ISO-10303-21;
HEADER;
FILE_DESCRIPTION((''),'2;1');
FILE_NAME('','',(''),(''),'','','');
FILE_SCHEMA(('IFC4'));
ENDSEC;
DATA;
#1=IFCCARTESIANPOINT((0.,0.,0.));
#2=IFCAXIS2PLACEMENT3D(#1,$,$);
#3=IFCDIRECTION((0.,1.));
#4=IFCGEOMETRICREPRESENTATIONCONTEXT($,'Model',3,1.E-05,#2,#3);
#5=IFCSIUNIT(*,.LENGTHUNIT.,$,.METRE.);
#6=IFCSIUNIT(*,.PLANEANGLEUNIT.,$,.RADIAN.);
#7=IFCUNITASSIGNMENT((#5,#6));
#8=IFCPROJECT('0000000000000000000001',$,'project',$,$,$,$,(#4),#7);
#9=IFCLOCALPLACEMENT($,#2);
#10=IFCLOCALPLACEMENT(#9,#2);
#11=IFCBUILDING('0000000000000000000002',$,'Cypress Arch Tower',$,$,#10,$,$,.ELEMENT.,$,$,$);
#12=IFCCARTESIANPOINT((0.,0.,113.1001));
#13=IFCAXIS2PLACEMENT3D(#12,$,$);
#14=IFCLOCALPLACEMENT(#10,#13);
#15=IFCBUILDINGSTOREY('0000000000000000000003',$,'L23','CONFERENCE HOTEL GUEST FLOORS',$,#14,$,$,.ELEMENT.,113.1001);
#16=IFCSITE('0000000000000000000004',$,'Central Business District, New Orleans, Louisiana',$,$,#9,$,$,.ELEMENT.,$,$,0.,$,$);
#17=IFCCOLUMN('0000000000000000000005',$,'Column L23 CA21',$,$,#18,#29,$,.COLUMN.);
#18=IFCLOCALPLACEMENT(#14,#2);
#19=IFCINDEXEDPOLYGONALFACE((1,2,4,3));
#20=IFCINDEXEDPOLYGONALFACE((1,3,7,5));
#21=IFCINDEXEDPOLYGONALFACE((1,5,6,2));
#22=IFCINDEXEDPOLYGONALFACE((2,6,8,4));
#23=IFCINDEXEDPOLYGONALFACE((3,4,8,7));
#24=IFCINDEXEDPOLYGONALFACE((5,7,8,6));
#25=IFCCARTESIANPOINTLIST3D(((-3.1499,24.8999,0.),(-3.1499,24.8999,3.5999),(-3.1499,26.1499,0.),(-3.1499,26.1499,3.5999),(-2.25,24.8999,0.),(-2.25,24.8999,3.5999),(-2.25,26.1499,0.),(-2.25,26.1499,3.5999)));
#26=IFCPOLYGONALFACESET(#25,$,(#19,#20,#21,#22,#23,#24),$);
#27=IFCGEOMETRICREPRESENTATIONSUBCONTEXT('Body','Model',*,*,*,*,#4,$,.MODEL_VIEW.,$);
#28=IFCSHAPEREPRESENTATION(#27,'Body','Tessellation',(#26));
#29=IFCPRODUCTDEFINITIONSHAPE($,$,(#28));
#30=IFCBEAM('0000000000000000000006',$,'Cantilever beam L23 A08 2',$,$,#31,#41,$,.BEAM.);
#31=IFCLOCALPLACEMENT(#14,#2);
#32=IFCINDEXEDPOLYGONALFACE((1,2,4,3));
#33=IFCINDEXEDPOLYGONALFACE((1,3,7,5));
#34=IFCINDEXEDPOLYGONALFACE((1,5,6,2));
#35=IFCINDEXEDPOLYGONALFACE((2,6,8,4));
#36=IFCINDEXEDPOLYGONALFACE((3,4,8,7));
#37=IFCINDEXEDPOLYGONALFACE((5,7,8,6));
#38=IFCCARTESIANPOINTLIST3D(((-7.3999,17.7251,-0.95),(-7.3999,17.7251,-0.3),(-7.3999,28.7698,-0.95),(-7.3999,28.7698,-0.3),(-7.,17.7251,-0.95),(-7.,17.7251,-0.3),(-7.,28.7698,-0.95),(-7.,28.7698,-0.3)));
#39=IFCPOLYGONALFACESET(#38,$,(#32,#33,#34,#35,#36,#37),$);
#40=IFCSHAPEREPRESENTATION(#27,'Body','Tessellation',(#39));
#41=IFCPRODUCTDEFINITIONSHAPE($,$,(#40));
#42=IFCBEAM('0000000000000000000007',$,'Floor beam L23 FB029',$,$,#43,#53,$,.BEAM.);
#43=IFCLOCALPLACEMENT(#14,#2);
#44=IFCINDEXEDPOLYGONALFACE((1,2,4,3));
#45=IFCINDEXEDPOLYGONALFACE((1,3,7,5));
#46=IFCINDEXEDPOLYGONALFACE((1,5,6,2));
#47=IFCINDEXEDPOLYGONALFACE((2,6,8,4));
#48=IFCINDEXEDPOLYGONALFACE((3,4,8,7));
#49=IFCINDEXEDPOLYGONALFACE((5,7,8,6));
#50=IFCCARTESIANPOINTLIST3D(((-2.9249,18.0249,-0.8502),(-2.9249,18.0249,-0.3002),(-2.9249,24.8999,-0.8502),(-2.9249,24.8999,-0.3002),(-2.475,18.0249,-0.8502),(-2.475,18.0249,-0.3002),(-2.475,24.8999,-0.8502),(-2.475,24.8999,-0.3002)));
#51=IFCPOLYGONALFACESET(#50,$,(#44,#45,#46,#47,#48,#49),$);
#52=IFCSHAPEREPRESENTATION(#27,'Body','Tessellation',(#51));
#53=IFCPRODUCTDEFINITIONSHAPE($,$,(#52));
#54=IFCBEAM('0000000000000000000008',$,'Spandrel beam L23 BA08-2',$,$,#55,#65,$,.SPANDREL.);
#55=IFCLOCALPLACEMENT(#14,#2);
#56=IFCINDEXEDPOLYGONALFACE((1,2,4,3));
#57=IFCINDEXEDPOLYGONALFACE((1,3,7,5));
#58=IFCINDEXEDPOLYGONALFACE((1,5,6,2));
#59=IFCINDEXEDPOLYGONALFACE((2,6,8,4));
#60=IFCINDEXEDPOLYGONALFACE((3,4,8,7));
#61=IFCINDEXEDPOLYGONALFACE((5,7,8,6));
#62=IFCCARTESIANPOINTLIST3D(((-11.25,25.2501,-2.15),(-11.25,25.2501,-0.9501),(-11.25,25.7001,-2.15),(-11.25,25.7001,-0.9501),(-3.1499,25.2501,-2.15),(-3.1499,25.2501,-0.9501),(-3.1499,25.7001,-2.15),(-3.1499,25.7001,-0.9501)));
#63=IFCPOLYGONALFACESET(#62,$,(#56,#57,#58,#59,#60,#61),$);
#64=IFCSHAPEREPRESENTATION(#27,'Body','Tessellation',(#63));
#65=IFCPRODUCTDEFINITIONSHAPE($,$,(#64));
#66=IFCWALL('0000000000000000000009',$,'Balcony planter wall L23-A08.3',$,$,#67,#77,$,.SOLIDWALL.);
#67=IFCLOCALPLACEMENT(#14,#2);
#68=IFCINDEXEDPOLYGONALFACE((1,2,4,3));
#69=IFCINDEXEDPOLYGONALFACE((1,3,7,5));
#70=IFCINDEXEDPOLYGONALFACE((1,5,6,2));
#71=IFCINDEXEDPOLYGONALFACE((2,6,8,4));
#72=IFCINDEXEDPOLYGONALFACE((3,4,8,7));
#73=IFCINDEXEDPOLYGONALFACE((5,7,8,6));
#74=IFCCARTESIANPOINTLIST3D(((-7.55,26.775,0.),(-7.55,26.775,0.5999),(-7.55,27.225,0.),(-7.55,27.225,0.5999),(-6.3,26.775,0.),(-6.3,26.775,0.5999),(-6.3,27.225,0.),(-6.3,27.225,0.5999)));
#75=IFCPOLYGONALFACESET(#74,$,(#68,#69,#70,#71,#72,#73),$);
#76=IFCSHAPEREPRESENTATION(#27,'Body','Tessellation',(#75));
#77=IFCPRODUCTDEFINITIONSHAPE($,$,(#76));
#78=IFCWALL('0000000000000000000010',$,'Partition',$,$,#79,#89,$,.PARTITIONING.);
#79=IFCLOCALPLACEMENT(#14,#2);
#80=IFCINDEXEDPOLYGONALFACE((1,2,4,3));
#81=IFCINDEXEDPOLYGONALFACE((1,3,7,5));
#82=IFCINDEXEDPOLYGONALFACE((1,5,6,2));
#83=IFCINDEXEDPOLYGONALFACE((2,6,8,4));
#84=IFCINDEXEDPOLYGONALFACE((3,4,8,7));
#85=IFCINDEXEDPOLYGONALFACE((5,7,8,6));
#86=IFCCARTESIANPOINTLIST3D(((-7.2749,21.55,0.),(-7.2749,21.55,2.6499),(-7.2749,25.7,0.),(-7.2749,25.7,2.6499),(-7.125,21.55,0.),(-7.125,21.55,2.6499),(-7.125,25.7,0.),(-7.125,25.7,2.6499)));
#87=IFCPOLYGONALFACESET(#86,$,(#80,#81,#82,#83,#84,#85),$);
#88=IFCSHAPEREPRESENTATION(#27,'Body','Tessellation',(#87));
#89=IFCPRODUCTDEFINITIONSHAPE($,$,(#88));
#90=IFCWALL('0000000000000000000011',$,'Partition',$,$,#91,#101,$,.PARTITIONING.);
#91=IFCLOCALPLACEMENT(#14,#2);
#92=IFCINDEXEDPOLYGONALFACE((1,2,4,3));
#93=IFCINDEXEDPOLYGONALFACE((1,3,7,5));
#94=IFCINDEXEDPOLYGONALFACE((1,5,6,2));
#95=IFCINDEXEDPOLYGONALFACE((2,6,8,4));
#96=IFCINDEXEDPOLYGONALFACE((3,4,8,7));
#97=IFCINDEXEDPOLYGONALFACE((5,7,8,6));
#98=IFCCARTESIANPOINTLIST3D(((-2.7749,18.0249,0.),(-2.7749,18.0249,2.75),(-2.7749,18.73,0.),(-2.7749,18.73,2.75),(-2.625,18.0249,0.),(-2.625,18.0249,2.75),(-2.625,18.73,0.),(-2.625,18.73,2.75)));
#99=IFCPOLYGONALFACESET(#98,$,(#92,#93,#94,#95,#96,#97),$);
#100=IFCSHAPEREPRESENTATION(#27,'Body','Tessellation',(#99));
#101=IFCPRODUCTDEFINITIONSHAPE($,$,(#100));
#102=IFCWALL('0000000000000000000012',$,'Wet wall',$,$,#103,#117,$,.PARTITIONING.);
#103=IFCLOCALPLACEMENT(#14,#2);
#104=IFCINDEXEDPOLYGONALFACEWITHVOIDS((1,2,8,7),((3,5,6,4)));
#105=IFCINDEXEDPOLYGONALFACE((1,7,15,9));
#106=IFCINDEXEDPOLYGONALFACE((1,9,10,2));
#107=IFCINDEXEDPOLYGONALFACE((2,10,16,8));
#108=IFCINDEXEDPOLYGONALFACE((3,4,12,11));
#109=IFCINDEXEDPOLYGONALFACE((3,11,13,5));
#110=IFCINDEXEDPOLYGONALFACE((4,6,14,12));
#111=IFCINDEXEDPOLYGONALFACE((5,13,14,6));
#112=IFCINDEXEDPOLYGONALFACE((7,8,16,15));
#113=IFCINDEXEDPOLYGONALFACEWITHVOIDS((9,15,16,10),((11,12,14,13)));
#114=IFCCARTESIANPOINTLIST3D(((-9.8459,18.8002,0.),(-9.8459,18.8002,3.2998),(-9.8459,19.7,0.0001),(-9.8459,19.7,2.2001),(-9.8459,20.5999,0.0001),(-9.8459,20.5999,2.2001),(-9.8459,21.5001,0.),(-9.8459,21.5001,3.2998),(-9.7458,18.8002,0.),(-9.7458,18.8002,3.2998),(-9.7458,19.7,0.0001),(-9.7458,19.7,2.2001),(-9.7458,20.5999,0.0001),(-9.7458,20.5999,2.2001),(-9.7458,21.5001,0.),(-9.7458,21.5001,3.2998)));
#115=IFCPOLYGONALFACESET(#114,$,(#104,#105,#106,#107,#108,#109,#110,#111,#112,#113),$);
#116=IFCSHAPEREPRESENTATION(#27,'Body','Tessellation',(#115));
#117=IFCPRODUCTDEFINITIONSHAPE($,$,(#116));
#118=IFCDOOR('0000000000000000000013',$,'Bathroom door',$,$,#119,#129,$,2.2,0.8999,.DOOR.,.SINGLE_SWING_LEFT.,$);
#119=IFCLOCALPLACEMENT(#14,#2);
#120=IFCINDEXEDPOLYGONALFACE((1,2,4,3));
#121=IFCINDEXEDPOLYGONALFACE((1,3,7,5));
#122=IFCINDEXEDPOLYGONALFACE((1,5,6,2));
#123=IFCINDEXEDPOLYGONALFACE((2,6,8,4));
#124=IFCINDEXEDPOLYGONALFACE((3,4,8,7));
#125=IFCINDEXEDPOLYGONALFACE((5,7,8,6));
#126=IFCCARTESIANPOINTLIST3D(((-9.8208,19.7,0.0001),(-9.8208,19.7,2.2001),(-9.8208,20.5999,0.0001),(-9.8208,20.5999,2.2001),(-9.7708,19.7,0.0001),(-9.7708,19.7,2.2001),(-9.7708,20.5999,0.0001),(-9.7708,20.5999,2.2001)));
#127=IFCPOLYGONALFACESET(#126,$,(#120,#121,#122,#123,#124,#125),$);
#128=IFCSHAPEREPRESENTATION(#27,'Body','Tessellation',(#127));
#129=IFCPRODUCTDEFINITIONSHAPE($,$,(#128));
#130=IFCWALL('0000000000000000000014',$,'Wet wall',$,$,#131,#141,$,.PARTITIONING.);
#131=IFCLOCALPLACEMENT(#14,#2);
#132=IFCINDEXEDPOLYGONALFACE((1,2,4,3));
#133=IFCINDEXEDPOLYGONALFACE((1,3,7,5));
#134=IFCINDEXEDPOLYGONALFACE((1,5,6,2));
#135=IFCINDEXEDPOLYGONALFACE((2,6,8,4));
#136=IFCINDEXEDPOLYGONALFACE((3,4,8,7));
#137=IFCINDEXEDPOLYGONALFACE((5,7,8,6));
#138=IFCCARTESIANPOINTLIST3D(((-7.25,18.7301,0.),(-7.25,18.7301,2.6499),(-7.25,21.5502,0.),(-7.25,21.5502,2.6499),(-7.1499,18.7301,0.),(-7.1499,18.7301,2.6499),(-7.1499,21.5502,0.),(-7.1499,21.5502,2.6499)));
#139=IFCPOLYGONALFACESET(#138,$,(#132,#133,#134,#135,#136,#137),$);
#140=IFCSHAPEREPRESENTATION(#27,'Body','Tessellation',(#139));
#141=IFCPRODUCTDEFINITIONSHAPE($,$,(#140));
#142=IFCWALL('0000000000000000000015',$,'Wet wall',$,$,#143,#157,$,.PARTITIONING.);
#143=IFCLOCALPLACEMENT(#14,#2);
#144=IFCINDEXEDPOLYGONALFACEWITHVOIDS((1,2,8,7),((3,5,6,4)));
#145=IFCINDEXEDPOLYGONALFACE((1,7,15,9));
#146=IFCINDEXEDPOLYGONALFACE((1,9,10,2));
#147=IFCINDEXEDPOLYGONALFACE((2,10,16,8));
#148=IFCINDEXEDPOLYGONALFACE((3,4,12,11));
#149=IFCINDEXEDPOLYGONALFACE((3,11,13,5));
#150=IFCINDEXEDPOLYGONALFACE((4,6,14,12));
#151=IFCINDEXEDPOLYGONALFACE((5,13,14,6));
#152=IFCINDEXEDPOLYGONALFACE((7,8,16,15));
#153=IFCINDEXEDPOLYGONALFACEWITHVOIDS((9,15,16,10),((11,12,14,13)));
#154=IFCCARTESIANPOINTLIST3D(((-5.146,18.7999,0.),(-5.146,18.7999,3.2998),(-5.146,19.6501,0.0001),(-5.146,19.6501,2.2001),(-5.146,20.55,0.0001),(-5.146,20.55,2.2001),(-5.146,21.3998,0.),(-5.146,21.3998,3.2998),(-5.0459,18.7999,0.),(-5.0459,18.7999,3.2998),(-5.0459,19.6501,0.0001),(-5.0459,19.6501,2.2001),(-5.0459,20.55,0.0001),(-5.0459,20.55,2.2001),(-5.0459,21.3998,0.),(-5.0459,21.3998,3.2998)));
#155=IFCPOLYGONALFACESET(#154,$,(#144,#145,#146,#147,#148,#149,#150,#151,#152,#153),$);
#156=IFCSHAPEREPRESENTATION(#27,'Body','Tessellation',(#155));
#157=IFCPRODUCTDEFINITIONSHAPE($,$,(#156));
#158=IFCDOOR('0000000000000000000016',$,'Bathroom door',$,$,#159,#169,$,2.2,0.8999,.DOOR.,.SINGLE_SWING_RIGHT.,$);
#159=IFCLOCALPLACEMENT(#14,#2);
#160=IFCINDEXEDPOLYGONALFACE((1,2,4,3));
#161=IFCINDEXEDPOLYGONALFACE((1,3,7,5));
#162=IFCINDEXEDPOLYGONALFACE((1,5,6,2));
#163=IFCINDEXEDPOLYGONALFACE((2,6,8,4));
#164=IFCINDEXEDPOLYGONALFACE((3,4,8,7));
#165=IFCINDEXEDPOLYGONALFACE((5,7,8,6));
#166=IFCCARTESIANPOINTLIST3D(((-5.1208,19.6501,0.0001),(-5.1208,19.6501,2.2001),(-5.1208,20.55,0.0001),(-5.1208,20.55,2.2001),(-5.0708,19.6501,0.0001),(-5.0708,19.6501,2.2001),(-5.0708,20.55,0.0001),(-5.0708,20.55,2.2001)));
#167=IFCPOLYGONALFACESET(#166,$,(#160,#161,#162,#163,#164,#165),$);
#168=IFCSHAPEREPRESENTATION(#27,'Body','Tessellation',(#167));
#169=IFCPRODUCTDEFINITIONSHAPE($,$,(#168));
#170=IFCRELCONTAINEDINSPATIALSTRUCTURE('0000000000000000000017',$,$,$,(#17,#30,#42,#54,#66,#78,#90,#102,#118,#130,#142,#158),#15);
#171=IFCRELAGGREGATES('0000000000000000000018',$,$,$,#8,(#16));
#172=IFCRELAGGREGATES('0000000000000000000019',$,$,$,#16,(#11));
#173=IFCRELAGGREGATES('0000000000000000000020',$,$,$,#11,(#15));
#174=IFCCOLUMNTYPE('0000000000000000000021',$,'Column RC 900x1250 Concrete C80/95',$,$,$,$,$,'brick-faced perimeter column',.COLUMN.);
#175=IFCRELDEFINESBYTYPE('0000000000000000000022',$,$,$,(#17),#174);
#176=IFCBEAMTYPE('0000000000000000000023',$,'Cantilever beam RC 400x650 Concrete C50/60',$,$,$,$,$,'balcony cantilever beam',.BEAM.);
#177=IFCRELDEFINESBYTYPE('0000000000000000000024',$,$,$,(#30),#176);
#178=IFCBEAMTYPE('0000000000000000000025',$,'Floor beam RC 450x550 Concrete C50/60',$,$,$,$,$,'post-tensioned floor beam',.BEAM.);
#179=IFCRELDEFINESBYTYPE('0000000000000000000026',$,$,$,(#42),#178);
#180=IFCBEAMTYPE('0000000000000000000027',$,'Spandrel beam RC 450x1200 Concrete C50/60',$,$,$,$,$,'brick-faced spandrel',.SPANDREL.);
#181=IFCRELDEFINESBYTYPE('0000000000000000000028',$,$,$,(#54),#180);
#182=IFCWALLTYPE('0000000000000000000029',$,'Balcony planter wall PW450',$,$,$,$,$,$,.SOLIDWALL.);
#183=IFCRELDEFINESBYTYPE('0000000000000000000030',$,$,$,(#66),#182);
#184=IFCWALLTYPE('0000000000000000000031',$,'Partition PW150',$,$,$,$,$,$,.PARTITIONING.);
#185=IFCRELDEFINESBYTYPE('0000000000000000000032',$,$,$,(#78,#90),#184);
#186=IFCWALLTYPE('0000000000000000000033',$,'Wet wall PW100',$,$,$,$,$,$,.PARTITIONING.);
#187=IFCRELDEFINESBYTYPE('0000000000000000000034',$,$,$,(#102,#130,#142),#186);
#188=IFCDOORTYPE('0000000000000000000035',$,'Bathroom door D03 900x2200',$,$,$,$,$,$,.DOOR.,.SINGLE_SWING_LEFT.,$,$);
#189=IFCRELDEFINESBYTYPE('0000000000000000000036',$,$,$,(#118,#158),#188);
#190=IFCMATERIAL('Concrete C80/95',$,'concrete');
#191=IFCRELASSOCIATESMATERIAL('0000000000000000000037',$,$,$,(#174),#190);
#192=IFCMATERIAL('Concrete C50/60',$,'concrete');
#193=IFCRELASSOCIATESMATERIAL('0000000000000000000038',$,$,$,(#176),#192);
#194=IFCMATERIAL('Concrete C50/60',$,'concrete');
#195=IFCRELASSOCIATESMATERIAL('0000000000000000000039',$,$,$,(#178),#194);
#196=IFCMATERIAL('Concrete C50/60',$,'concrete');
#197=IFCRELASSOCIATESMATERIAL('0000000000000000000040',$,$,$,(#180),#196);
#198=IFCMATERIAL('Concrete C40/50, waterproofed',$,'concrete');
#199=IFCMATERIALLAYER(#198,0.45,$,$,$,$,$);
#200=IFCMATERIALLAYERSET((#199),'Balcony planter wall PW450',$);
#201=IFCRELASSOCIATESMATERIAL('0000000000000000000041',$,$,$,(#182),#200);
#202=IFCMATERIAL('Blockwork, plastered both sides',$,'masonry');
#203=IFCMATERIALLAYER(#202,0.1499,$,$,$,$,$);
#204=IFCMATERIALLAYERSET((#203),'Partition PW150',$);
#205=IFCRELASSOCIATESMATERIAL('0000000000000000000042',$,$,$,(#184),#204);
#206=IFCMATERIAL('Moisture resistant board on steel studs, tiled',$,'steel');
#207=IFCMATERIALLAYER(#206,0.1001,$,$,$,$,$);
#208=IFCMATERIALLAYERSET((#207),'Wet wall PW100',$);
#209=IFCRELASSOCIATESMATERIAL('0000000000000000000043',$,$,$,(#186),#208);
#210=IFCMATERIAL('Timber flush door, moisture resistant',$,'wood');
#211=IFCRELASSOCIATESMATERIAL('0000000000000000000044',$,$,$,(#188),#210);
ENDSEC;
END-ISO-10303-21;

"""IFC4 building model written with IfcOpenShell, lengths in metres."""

from ifc_helpers import new_model, si_unit, direction, frame, frame_2d, origin, origin_2d, place, context, subcontext, project, spatial, rectangle, extrude, material, layer, layer_set, material_profile, profile_set, type_object, element, fill, save


model = new_model("IFC4")

# Units and contexts
model_context = context("Model", 3, precision=1e-05, world=origin(), true_north=direction((0.0, 1.0)))
body_context = subcontext(model_context, "Body", "Model", "MODEL_VIEW")
ifc_project = project(units=[si_unit("LENGTHUNIT", "METRE"), si_unit("PLANEANGLEUNIT", "RADIAN")], contexts=[model_context])

# Site, building, storey
site_placement = place(None, origin())
site = spatial("IfcSite", under=ifc_project, at=site_placement, Name="Central Business District, New Orleans, Louisiana", CompositionType="ELEMENT", RefElevation=0.0)
building_placement = place(site_placement, origin())
building = spatial("IfcBuilding", under=site, at=building_placement, Name="Cypress Arch Tower", CompositionType="ELEMENT")
storey_placement = place(building_placement, frame((0.0, 0.0, 113.1001)))
storey = spatial("IfcBuildingStorey", under=building, at=storey_placement, Name="L23", Description="CONFERENCE HOTEL GUEST FLOORS", CompositionType="ELEMENT", Elevation=113.1001)

# Column
ifc_material_1 = material(Name="Concrete C80/95", Category="concrete")
ifc_material_profile_1 = material_profile(ifc_material_1, rectangle(XDim=0.8999, YDim=1.25, at=origin_2d()), Name="RC 900x1250")
ifc_profile_set_1 = profile_set([ifc_material_profile_1], Name="Concrete C80/95")
column_type = type_object("IfcColumnType", Name="Column RC 900x1250 Concrete C80/95", ElementType="brick-faced perimeter column", PredefinedType="COLUMN", material=ifc_profile_set_1)
column_placement = place(storey_placement, frame((-2.7, 25.5249, 0.0), z_axis=(0.0, 0.0, 1.0), x_axis=(-1.0, 0.0, 0.0)))
element("IfcColumn", 1, at=column_placement, inside=storey, type_object=column_type, Name="Column L23 CA21", PredefinedType="COLUMN", context=body_context, shape_type="SweptSolid", body=[
    extrude(rectangle(XDim=0.8999, YDim=1.25, at=origin_2d()), origin(), (0.0, 0.0, 1.0), 3.5999),
])

# Beams
ifc_material_2 = material(Name="Concrete C50/60", Category="concrete")
ifc_material_profile_2 = material_profile(ifc_material_2, rectangle(XDim=0.3999, YDim=0.6499, at=origin_2d()), Name="RC 400x650")
ifc_profile_set_2 = profile_set([ifc_material_profile_2], Name="Concrete C50/60")
beam_type_1 = type_object("IfcBeamType", Name="Cantilever beam RC 400x650 Concrete C50/60", ElementType="balcony cantilever beam", PredefinedType="BEAM", material=ifc_profile_set_2)
beam_1_placement = place(storey_placement, frame((-7.2, 17.7251, -0.625), z_axis=(0.0, 1.0, 0.0), x_axis=(-1.0, 0.0, 0.0)))
element("IfcBeam", 2, at=beam_1_placement, inside=storey, type_object=beam_type_1, Name="Cantilever beam L23 A08 2", PredefinedType="BEAM", context=body_context, shape_type="SweptSolid", body=[
    extrude(rectangle(XDim=0.3999, YDim=0.6499, at=origin_2d()), origin(), (0.0, 0.0, 1.0), 11.0447),
])
ifc_material_3 = material(Name="Concrete C50/60", Category="concrete")
ifc_material_profile_3 = material_profile(ifc_material_3, rectangle(XDim=0.45, YDim=0.55, at=origin_2d()), Name="RC 450x550")
ifc_profile_set_3 = profile_set([ifc_material_profile_3], Name="Concrete C50/60")
beam_type_2 = type_object("IfcBeamType", Name="Floor beam RC 450x550 Concrete C50/60", ElementType="post-tensioned floor beam", PredefinedType="BEAM", material=ifc_profile_set_3)
beam_2_placement = place(storey_placement, frame((-2.7, 18.0249, -0.5752), z_axis=(0.0, 1.0, 0.0), x_axis=(-1.0, 0.0, 0.0)))
element("IfcBeam", 3, at=beam_2_placement, inside=storey, type_object=beam_type_2, Name="Floor beam L23 FB029", PredefinedType="BEAM", context=body_context, shape_type="SweptSolid", body=[
    extrude(rectangle(XDim=0.45, YDim=0.55, at=origin_2d()), origin(), (0.0, 0.0, 1.0), 6.875),
])
ifc_material_4 = material(Name="Concrete C50/60", Category="concrete")
ifc_material_profile_4 = material_profile(ifc_material_4, rectangle(XDim=0.45, YDim=1.2, at=origin_2d()), Name="RC 450x1200")
ifc_profile_set_4 = profile_set([ifc_material_profile_4], Name="Concrete C50/60")
beam_type_3 = type_object("IfcBeamType", Name="Spandrel beam RC 450x1200 Concrete C50/60", ElementType="brick-faced spandrel", PredefinedType="SPANDREL", material=ifc_profile_set_4)
beam_3_placement = place(storey_placement, frame((-3.1499, 25.4751, -1.55), z_axis=(-1.0, 0.0, 0.0), x_axis=(0.0, -1.0, 0.0)))
element("IfcBeam", 4, at=beam_3_placement, inside=storey, type_object=beam_type_3, Name="Spandrel beam L23 BA08-2", PredefinedType="SPANDREL", context=body_context, shape_type="SweptSolid", body=[
    extrude(rectangle(XDim=0.45, YDim=1.2, at=origin_2d()), origin(), (0.0, 0.0, 1.0), 8.1001),
])

# Wall
ifc_material_5 = material(Name="Concrete C40/50, waterproofed", Category="concrete")
ifc_layer_1 = layer(ifc_material_5, 0.45)
ifc_layer_set_1 = layer_set([ifc_layer_1], Name="Balcony planter wall PW450")
wall_type_1 = type_object("IfcWallType", Name="Balcony planter wall PW450", PredefinedType="SOLIDWALL", material=ifc_layer_set_1)
wall_1_placement = place(storey_placement, frame((-6.3, 27.0, 0.0), z_axis=(0.0, 0.0, 1.0), x_axis=(-1.0, 0.0, 0.0)))
element("IfcWall", 5, at=wall_1_placement, inside=storey, type_object=wall_type_1, Name="Balcony planter wall L23-A08.3", PredefinedType="SOLIDWALL", context=body_context, shape_type="SweptSolid", body=[
    extrude(rectangle(XDim=1.25, YDim=0.45, at=frame_2d((0.625, 0.0))), origin(), (0.0, 0.0, 1.0), 0.5999),
])

# Walls
ifc_material_6 = material(Name="Blockwork, plastered both sides", Category="masonry")
ifc_layer_2 = layer(ifc_material_6, 0.1499)
ifc_layer_set_2 = layer_set([ifc_layer_2], Name="Partition PW150")
wall_type_2 = type_object("IfcWallType", Name="Partition PW150", PredefinedType="PARTITIONING", material=ifc_layer_set_2)
wall_2_placement = place(storey_placement, frame((-7.2, 21.55, 0.0), z_axis=(0.0, 0.0, 1.0), x_axis=(0.0, 1.0, 0.0)))
element("IfcWall", 6, at=wall_2_placement, inside=storey, type_object=wall_type_2, Name="Partition", PredefinedType="PARTITIONING", context=body_context, shape_type="SweptSolid", body=[
    extrude(rectangle(XDim=4.1499, YDim=0.1499, at=frame_2d((2.075, 0.0))), origin(), (0.0, 0.0, 1.0), 2.6499),
])
wall_3_placement = place(storey_placement, frame((-2.7, 18.0249, 0.0), z_axis=(0.0, 0.0, 1.0), x_axis=(0.0, 1.0, 0.0)))
element("IfcWall", 7, at=wall_3_placement, inside=storey, type_object=wall_type_2, Name="Partition", PredefinedType="PARTITIONING", context=body_context, shape_type="SweptSolid", body=[
    extrude(rectangle(XDim=0.7051, YDim=0.1499, at=frame_2d((0.3525, 0.0))), origin(), (0.0, 0.0, 1.0), 2.75),
])

# Wall, opening, door
ifc_material_7 = material(Name="Moisture resistant board on steel studs, tiled", Category="steel")
ifc_layer_3 = layer(ifc_material_7, 0.1001)
ifc_layer_set_3 = layer_set([ifc_layer_3], Name="Wet wall PW100")
wall_type_3 = type_object("IfcWallType", Name="Wet wall PW100", PredefinedType="PARTITIONING", material=ifc_layer_set_3)
wall_4_placement = place(storey_placement, frame((-9.7959, 18.8, 0.0), z_axis=(0.0, 0.0, 1.0), x_axis=(0.0, 1.0, 0.0)))
wall_4 = element("IfcWall", 8, at=wall_4_placement, inside=storey, type_object=wall_type_3, Name="Wet wall", PredefinedType="PARTITIONING", context=body_context, shape_type="SweptSolid", body=[
    extrude(rectangle(XDim=2.7, YDim=0.1001, at=frame_2d((1.3501, 0.0))), origin(), (0.0, 0.0, 1.0), 3.2998),
])
opening_1_placement = place(wall_4_placement, frame((0.8999, 0.0, 0.0)))
opening_1 = element("IfcOpeningElement", 9, at=opening_1_placement, cuts=wall_4, PredefinedType="OPENING", context=body_context, shape_type="SweptSolid", body=[
    extrude(rectangle(XDim=0.8999, YDim=2.2, at=frame_2d((0.45, 1.1001))), frame((0.0, 0.0601, 0.0), z_axis=(0.0, -1.0, 0.0), x_axis=(1.0, 0.0, 0.0)), (0.0, 0.0, 1.0), 0.1201),
])
ifc_material_8 = material(Name="Timber flush door, moisture resistant", Category="wood")
door_type_1 = type_object("IfcDoorType", Name="Bathroom door D03 900x2200", OperationType="SINGLE_SWING_LEFT", PredefinedType="DOOR", material=ifc_material_8)
door_1_placement = place(opening_1_placement, origin())
door_1 = element("IfcDoor", 10, at=door_1_placement, inside=storey, type_object=door_type_1, Name="Bathroom door", OperationType="SINGLE_SWING_LEFT", OverallHeight=2.2, OverallWidth=0.8999, PredefinedType="DOOR", context=body_context, shape_type="SweptSolid", body=[
    extrude(rectangle(XDim=0.8999, YDim=2.2, at=frame_2d((0.45, 1.1001))), frame((0.0, 0.0249, 0.0), z_axis=(0.0, -1.0, 0.0), x_axis=(1.0, 0.0, 0.0)), (0.0, 0.0, 1.0), 0.05),
])
fill(opening_1, door_1)

# Wall
wall_5_placement = place(storey_placement, frame((-7.2, 18.73, 0.0), z_axis=(0.0, 0.0, 1.0), x_axis=(0.0, 1.0, 0.0)))
element("IfcWall", 11, at=wall_5_placement, inside=storey, type_object=wall_type_3, Name="Wet wall", PredefinedType="PARTITIONING", context=body_context, shape_type="SweptSolid", body=[
    extrude(rectangle(XDim=2.8201, YDim=0.1001, at=frame_2d((1.4102, 0.0))), origin(), (0.0, 0.0, 1.0), 2.6499),
])

# Wall, opening, door
wall_6_placement = place(storey_placement, frame((-5.0959, 18.8, 0.0), z_axis=(0.0, 0.0, 1.0), x_axis=(0.0, 1.0, 0.0)))
wall_6 = element("IfcWall", 12, at=wall_6_placement, inside=storey, type_object=wall_type_3, Name="Wet wall", PredefinedType="PARTITIONING", context=body_context, shape_type="SweptSolid", body=[
    extrude(rectangle(XDim=2.5999, YDim=0.1001, at=frame_2d((1.2998, 0.0))), origin(), (0.0, 0.0, 1.0), 3.2998),
])
opening_2_placement = place(wall_6_placement, frame((0.8501, 0.0, 0.0)))
opening_2 = element("IfcOpeningElement", 13, at=opening_2_placement, cuts=wall_6, PredefinedType="OPENING", context=body_context, shape_type="SweptSolid", body=[
    extrude(rectangle(XDim=0.8999, YDim=2.2, at=frame_2d((0.45, 1.1001))), frame((0.0, 0.0601, 0.0), z_axis=(0.0, -1.0, 0.0), x_axis=(1.0, 0.0, 0.0)), (0.0, 0.0, 1.0), 0.1201),
])
door_2_placement = place(opening_2_placement, origin())
door_2 = element("IfcDoor", 14, at=door_2_placement, inside=storey, type_object=door_type_1, Name="Bathroom door", OperationType="SINGLE_SWING_RIGHT", OverallHeight=2.2, OverallWidth=0.8999, PredefinedType="DOOR", context=body_context, shape_type="SweptSolid", body=[
    extrude(rectangle(XDim=0.8999, YDim=2.2, at=frame_2d((0.45, 1.1001))), frame((0.0, 0.0249, 0.0), z_axis=(0.0, -1.0, 0.0), x_axis=(1.0, 0.0, 0.0)), (0.0, 0.0, 1.0), 0.05),
])
fill(opening_2, door_2)

save(model, "model.ifc")
